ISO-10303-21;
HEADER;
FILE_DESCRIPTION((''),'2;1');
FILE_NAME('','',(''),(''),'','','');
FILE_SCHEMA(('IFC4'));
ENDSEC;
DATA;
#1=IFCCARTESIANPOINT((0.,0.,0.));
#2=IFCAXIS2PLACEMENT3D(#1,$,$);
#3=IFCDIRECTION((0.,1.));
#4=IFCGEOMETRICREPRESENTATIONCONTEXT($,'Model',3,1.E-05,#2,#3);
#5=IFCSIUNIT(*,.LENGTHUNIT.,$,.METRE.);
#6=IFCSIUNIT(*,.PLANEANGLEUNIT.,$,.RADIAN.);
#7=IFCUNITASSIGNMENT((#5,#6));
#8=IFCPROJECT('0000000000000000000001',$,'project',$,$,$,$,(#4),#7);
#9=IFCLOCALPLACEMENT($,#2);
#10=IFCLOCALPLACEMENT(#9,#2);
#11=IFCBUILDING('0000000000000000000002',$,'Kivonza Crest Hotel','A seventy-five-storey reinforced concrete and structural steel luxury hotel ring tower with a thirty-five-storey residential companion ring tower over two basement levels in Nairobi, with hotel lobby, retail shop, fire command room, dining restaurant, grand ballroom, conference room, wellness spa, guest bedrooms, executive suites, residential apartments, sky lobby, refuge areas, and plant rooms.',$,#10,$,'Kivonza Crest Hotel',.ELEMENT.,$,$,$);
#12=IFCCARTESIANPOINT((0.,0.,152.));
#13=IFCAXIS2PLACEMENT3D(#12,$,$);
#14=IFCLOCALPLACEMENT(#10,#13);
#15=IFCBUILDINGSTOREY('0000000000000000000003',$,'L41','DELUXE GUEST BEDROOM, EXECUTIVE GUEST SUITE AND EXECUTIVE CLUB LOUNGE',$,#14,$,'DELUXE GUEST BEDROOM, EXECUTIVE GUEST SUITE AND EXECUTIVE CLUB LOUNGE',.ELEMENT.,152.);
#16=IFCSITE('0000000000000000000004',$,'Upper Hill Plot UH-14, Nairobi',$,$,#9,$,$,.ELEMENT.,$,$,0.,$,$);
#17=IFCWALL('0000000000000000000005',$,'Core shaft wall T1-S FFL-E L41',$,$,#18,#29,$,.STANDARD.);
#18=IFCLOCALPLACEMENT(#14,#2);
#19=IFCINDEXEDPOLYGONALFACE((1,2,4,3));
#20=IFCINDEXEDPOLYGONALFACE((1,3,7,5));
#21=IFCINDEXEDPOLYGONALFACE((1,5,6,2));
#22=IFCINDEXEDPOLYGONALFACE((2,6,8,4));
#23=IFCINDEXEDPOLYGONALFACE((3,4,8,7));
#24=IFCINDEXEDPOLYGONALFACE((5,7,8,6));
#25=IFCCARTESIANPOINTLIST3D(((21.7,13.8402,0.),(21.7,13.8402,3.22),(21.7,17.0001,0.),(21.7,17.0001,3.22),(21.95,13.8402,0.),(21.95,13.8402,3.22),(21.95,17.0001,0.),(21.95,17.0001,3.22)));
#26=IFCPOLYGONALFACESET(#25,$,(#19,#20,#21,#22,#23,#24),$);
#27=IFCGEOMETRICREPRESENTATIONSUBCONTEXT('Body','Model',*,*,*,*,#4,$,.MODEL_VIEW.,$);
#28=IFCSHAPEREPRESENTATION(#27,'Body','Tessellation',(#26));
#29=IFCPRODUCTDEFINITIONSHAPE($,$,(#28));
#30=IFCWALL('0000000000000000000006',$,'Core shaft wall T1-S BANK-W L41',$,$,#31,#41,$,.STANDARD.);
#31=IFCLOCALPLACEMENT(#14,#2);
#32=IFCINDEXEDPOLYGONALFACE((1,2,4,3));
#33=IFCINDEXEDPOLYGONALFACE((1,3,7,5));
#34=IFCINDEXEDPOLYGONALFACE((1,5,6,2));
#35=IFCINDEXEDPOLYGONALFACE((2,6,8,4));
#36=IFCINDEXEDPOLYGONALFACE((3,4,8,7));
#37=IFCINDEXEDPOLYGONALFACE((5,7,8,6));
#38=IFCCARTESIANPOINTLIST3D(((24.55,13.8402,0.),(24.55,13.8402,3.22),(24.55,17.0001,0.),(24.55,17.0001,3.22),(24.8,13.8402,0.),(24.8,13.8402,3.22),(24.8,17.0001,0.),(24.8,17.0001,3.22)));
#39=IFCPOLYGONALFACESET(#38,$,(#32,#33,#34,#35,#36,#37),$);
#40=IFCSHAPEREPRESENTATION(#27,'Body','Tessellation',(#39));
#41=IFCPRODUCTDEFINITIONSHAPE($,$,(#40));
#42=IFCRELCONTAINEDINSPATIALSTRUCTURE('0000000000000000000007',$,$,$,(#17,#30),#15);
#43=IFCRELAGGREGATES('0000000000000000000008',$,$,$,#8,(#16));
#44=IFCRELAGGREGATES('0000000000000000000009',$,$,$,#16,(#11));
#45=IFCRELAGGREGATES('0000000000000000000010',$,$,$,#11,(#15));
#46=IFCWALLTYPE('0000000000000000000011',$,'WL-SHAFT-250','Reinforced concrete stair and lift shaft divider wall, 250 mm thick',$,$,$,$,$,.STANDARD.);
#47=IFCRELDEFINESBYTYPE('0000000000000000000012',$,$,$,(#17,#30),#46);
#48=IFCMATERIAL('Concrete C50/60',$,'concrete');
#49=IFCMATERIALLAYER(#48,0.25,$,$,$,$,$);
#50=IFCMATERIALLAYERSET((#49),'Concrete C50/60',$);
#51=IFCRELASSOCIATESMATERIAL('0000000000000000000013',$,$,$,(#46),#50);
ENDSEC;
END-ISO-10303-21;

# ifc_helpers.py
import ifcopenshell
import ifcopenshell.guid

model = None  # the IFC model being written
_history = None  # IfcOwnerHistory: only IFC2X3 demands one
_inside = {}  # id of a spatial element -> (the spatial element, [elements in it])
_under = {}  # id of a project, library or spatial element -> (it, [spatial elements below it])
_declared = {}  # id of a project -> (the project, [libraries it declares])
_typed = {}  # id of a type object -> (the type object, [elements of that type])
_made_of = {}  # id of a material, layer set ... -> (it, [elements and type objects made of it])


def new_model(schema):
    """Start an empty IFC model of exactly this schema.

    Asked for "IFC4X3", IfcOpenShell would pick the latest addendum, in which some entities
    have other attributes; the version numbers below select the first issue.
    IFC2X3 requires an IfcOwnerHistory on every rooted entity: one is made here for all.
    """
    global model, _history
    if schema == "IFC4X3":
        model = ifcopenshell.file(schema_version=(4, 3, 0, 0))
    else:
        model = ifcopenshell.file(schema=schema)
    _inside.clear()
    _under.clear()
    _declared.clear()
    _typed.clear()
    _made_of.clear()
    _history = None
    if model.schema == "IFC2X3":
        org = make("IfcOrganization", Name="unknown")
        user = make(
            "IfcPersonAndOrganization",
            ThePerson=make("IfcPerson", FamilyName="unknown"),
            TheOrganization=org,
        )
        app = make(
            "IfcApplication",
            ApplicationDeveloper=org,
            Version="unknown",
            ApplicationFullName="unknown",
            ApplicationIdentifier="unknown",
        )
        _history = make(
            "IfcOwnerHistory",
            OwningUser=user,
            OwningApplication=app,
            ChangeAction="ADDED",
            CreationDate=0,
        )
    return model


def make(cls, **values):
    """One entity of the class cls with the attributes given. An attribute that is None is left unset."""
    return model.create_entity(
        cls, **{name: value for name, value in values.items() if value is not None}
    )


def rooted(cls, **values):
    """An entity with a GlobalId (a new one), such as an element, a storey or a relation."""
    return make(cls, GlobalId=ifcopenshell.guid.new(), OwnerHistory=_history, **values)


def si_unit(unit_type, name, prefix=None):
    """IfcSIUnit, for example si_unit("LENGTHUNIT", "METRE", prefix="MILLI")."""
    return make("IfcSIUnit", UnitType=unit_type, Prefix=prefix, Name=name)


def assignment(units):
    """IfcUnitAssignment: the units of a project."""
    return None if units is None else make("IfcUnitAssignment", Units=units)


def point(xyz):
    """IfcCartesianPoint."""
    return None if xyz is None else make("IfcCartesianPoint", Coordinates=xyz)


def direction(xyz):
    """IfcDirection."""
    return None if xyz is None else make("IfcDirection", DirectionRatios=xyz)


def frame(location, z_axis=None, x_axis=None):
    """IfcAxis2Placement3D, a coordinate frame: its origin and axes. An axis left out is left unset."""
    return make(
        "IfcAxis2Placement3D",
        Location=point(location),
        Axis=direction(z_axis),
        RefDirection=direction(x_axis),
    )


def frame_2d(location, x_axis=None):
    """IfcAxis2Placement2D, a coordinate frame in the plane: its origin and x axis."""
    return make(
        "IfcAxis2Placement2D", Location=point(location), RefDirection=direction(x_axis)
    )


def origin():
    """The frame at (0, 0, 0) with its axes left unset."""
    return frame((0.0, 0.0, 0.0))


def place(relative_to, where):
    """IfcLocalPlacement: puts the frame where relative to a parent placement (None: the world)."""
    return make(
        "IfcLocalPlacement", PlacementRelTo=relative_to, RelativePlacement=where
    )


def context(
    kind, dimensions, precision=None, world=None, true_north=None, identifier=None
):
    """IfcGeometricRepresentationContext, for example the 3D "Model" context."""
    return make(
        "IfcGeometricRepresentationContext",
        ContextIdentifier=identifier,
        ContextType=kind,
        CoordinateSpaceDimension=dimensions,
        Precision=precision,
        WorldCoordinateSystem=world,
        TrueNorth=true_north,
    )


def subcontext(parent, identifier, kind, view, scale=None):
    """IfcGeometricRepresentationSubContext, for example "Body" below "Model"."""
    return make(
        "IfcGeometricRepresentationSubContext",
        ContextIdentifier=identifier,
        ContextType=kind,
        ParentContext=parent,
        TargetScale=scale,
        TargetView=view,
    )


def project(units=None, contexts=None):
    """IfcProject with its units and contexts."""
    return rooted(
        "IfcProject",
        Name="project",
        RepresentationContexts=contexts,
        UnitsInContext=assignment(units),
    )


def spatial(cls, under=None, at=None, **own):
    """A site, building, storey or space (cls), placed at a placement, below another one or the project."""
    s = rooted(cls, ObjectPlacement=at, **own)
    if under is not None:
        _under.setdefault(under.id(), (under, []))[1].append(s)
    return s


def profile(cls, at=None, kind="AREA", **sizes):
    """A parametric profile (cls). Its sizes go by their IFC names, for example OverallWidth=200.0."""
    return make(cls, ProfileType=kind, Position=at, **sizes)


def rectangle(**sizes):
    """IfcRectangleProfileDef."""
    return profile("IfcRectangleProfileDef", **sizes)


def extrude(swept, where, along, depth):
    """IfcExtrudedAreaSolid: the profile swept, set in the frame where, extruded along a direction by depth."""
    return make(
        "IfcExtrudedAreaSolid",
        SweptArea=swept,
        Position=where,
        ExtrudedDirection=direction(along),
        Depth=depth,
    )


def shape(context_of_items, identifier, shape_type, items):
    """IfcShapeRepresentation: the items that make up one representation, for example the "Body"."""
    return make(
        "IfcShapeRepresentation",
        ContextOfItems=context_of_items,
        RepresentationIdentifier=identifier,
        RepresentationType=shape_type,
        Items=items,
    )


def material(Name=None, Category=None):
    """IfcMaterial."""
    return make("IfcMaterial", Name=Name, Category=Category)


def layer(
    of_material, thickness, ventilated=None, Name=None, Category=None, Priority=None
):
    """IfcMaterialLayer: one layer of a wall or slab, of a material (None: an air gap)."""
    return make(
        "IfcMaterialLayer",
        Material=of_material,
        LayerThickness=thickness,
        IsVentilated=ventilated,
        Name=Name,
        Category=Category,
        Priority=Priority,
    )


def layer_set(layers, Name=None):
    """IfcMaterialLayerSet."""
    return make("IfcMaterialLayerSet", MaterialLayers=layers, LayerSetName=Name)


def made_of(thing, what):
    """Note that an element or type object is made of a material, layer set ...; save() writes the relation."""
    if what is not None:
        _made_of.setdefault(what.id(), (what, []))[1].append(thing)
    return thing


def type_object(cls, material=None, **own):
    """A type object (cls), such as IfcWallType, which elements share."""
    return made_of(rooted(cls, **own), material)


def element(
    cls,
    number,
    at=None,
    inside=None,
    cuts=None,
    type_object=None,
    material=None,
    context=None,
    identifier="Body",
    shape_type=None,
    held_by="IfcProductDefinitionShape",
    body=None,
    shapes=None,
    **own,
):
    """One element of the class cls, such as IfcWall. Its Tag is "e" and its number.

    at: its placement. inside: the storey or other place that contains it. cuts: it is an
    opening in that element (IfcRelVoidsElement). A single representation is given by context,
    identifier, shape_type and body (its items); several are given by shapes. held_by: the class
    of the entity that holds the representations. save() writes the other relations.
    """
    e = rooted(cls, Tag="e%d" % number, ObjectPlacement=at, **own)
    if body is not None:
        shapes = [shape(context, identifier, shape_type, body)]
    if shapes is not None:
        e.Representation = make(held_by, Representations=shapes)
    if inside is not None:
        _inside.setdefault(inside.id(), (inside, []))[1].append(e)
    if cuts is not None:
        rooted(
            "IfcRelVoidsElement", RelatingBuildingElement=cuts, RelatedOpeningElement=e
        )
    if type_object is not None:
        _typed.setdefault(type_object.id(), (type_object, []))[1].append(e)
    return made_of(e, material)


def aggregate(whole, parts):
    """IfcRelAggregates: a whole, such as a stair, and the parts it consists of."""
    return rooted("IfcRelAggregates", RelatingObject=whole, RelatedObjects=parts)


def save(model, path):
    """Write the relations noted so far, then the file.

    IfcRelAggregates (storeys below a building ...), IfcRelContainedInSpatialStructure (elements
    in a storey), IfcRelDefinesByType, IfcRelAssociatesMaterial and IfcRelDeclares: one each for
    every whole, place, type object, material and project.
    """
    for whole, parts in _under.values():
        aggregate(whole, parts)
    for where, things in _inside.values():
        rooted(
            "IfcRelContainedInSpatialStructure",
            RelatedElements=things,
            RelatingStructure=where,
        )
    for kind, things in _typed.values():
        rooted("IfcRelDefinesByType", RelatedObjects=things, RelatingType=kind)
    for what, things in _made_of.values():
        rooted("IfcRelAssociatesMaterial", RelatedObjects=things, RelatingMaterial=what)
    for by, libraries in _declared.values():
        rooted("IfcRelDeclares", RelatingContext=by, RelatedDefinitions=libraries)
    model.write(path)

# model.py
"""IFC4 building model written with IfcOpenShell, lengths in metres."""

from ifc_helpers import new_model, si_unit, direction, frame, frame_2d, origin, place, context, subcontext, project, spatial, rectangle, extrude, material, layer, layer_set, type_object, element, save


model = new_model("IFC4")

# Units and contexts
model_context = context("Model", 3, precision=1e-05, world=origin(), true_north=direction((0.0, 1.0)))
body_context = subcontext(model_context, "Body", "Model", "MODEL_VIEW")
ifc_project = project(units=[si_unit("LENGTHUNIT", "METRE"), si_unit("PLANEANGLEUNIT", "RADIAN")], contexts=[model_context])

# Site, building, storey
site_placement = place(None, origin())
site = spatial("IfcSite", under=ifc_project, at=site_placement, Name="Upper Hill Plot UH-14, Nairobi", CompositionType="ELEMENT", RefElevation=0.0)
building_placement = place(site_placement, origin())
building = spatial("IfcBuilding", under=site, at=building_placement, Name="Kivonza Crest Hotel", Description="A seventy-five-storey reinforced concrete and structural steel luxury hotel ring tower with a thirty-five-storey residential companion ring tower over two basement levels in Nairobi, with hotel lobby, retail shop, fire command room, dining restaurant, grand ballroom, conference room, wellness spa, guest bedrooms, executive suites, residential apartments, sky lobby, refuge areas, and plant rooms.", LongName="Kivonza Crest Hotel", CompositionType="ELEMENT")
storey_placement = place(building_placement, frame((0.0, 0.0, 152.0)))
storey = spatial("IfcBuildingStorey", under=building, at=storey_placement, Name="L41", Description="DELUXE GUEST BEDROOM, EXECUTIVE GUEST SUITE AND EXECUTIVE CLUB LOUNGE", LongName="DELUXE GUEST BEDROOM, EXECUTIVE GUEST SUITE AND EXECUTIVE CLUB LOUNGE", CompositionType="ELEMENT", Elevation=152.0)

# Shared definitions
ifc_material_1 = material(Name="Concrete C50/60", Category="concrete")

# Shared definitions
ifc_layer_1 = layer(ifc_material_1, 0.25)
ifc_layer_set_1 = layer_set([ifc_layer_1], Name="Concrete C50/60")
wall_type_1 = type_object("IfcWallType", Name="WL-SHAFT-250", Description="Reinforced concrete stair and lift shaft divider wall, 250 mm thick", PredefinedType="STANDARD", material=ifc_layer_set_1)

# Walls
for number, where, z_axis, x_axis, name in (
    (1, (21.825, 13.8401, 0.0), (0.0, 0.0, 1.0), (0.0, 1.0, 0.0), "Core shaft wall T1-S FFL-E L41"),
    (2, (24.675, 13.8401, 0.0), (0.0, 0.0, 1.0), (0.0, 1.0, 0.0), "Core shaft wall T1-S BANK-W L41"),
):
    element("IfcWall", number, at=place(storey_placement, frame(where, z_axis=z_axis, x_axis=x_axis)), inside=storey, type_object=wall_type_1, Name=name, PredefinedType="STANDARD", context=body_context, shape_type="SweptSolid", body=[
        extrude(rectangle(XDim=3.1599, YDim=0.25, at=frame_2d((1.5801, 0.0))), origin(), (0.0, 0.0, 1.0), 3.22),
    ])

save(model, "model.ifc")
